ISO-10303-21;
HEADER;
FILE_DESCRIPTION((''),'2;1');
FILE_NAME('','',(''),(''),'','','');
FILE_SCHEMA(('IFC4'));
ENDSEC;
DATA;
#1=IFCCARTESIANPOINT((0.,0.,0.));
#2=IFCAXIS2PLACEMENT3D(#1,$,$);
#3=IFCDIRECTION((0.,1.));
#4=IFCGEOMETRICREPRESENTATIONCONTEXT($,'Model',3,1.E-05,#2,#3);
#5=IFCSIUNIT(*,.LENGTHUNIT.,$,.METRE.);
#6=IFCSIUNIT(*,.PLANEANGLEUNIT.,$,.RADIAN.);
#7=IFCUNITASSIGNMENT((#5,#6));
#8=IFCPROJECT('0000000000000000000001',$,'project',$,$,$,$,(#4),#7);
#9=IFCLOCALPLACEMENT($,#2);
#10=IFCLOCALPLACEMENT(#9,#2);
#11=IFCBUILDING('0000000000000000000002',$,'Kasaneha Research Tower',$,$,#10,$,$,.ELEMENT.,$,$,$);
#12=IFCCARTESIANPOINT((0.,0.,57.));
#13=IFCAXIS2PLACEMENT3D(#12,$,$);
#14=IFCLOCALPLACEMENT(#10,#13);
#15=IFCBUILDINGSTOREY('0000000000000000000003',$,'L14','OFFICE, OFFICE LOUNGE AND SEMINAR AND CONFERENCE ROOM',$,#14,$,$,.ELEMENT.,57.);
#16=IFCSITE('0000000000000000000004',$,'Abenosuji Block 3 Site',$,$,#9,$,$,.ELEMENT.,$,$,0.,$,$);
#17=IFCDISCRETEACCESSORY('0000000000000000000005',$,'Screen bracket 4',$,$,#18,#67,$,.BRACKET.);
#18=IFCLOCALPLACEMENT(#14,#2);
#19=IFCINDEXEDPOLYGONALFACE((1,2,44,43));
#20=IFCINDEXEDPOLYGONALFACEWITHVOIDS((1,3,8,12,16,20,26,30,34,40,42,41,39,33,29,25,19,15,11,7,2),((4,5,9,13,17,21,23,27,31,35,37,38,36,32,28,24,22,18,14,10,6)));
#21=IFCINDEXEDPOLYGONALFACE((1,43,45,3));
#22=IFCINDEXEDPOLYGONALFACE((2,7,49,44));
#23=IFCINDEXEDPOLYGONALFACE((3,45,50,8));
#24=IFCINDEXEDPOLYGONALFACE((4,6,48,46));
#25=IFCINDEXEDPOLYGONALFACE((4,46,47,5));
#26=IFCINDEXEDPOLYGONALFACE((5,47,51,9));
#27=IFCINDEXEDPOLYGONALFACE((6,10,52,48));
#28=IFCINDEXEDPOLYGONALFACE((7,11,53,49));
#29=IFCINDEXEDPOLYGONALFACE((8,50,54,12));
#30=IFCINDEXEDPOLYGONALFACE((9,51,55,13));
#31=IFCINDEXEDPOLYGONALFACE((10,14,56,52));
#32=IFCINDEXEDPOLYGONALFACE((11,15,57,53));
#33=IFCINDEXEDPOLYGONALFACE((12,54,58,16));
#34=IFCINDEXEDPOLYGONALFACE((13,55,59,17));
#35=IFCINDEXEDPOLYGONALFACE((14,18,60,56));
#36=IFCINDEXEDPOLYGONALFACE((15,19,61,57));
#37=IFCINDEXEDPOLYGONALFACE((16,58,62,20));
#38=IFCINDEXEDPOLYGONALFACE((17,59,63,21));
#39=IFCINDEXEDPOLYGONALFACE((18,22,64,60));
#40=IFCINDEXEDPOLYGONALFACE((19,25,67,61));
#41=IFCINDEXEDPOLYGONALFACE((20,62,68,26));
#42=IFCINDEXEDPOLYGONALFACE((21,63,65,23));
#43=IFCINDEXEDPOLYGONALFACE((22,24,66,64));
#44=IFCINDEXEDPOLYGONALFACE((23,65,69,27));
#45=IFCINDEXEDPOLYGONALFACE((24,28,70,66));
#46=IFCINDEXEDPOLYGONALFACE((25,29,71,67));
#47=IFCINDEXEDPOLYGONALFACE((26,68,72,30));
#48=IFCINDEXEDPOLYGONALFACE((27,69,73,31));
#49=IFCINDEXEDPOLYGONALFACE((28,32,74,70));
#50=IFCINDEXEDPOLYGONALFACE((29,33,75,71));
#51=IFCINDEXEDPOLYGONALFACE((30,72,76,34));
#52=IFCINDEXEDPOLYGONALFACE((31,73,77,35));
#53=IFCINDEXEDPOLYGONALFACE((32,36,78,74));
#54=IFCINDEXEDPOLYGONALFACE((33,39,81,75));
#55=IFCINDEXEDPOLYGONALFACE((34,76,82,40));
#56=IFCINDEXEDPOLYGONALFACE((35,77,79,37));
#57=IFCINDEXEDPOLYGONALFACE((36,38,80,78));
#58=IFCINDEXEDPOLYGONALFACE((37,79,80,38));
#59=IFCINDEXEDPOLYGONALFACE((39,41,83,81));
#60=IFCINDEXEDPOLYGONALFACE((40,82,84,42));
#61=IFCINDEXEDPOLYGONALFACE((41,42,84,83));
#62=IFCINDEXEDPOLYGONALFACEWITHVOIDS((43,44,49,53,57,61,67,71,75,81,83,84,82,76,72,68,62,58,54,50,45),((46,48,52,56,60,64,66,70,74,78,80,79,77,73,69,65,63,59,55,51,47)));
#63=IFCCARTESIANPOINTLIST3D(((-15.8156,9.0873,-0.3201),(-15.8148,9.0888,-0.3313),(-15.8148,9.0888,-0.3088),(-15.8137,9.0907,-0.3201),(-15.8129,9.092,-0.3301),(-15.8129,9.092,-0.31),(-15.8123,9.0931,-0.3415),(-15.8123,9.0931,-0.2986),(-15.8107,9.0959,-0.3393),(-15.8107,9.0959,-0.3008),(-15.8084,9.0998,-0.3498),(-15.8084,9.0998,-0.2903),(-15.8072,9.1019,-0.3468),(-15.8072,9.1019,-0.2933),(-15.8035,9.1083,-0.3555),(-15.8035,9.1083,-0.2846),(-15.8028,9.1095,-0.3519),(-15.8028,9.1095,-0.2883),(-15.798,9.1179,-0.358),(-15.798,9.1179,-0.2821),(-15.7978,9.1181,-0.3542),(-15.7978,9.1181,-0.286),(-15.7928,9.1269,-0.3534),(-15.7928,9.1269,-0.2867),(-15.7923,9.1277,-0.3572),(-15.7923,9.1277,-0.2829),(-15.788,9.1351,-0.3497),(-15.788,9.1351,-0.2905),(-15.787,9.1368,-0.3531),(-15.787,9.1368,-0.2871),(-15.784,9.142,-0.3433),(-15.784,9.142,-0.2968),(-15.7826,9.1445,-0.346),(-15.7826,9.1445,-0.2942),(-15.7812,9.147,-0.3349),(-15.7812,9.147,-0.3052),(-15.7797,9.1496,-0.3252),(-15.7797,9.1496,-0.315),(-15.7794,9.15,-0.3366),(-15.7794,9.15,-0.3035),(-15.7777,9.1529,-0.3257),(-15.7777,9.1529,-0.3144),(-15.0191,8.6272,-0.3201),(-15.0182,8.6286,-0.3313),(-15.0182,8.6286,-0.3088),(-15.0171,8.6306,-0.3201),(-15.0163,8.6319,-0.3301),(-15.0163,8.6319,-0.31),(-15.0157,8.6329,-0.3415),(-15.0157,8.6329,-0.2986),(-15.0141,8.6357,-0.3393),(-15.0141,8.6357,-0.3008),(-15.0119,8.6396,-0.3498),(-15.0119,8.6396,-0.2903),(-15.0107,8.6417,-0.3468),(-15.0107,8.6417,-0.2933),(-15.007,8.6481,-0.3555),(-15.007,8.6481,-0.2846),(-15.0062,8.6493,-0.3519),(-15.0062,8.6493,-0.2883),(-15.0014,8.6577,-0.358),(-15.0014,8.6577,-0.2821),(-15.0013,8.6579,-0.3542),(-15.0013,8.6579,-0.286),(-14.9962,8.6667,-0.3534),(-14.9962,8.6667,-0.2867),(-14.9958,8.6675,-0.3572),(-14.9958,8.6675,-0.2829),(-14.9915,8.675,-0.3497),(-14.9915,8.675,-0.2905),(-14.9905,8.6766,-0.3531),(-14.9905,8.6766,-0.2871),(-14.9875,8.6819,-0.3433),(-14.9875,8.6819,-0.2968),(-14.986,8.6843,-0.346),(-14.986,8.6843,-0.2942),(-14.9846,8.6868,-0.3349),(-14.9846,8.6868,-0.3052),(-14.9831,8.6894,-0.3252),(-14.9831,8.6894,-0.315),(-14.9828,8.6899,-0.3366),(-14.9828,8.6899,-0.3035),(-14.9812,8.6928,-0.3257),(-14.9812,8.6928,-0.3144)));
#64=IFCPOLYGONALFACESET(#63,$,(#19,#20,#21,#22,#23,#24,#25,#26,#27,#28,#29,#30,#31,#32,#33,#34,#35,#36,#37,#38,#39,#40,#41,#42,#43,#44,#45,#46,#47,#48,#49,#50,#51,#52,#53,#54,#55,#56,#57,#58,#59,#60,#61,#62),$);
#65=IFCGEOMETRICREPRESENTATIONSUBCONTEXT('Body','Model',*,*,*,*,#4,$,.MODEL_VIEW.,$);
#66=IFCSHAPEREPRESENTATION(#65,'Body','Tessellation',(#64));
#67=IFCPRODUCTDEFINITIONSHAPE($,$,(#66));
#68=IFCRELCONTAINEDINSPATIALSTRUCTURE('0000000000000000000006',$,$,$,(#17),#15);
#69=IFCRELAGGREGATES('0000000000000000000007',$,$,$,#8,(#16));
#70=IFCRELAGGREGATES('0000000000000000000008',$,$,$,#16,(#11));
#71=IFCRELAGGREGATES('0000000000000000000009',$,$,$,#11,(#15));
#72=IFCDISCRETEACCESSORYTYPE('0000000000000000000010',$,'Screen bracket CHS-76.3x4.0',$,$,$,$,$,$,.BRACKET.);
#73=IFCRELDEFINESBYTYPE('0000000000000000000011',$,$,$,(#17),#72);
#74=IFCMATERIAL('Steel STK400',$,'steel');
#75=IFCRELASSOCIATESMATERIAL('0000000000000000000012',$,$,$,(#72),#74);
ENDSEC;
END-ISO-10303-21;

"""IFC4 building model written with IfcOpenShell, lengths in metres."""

from ifc_helpers import new_model, si_unit, direction, frame, origin, origin_2d, place, context, subcontext, project, spatial, hollow_circle, extrude, material, material_profile, profile_set, type_object, element, save


model = new_model("IFC4")

# Units and contexts
model_context = context("Model", 3, precision=1e-05, world=origin(), true_north=direction((0.0, 1.0)))
body_context = subcontext(model_context, "Body", "Model", "MODEL_VIEW")
ifc_project = project(units=[si_unit("LENGTHUNIT", "METRE"), si_unit("PLANEANGLEUNIT", "RADIAN")], contexts=[model_context])

# Site, building, storey
site_placement = place(None, origin())
site = spatial("IfcSite", under=ifc_project, at=site_placement, Name="Abenosuji Block 3 Site", CompositionType="ELEMENT", RefElevation=0.0)
building_placement = place(site_placement, origin())
building = spatial("IfcBuilding", under=site, at=building_placement, Name="Kasaneha Research Tower", CompositionType="ELEMENT")
storey_placement = place(building_placement, frame((0.0, 0.0, 57.0)))
storey = spatial("IfcBuildingStorey", under=building, at=storey_placement, Name="L14", Description="OFFICE, OFFICE LOUNGE AND SEMINAR AND CONFERENCE ROOM", CompositionType="ELEMENT", Elevation=57.0)

# Discrete accessory
ifc_material_1 = material(Name="Steel STK400", Category="steel")
ifc_material_profile_1 = material_profile(ifc_material_1, hollow_circle(Radius=0.0381, WallThickness=0.0039, at=origin_2d()), Name="CHS-76.3x4.0")
ifc_profile_set_1 = profile_set([ifc_material_profile_1], Name="Steel STK400")
discrete_accessory_type = type_object("IfcDiscreteAccessoryType", Name="Screen bracket CHS-76.3x4.0", PredefinedType="BRACKET", material=ifc_profile_set_1)
for number, where, z_axis, x_axis, name in (
    (1, (-15.0, 8.6602, -0.3201), (-0.865898, 0.50022, 0.0), (-0.50022, -0.865898, 0.0), "Screen bracket 4"),
):
    element("IfcDiscreteAccessory", number, at=place(storey_placement, frame(where, z_axis=z_axis, x_axis=x_axis)), inside=storey, type_object=discrete_accessory_type, Name=name, PredefinedType="BRACKET", context=body_context, shape_type="SweptSolid", body=[
        extrude(hollow_circle(Radius=0.0381, WallThickness=0.0039, at=origin_2d()), origin(), (0.0, 0.0, 1.0), 0.9199),
    ])

save(model, "model.ifc")
